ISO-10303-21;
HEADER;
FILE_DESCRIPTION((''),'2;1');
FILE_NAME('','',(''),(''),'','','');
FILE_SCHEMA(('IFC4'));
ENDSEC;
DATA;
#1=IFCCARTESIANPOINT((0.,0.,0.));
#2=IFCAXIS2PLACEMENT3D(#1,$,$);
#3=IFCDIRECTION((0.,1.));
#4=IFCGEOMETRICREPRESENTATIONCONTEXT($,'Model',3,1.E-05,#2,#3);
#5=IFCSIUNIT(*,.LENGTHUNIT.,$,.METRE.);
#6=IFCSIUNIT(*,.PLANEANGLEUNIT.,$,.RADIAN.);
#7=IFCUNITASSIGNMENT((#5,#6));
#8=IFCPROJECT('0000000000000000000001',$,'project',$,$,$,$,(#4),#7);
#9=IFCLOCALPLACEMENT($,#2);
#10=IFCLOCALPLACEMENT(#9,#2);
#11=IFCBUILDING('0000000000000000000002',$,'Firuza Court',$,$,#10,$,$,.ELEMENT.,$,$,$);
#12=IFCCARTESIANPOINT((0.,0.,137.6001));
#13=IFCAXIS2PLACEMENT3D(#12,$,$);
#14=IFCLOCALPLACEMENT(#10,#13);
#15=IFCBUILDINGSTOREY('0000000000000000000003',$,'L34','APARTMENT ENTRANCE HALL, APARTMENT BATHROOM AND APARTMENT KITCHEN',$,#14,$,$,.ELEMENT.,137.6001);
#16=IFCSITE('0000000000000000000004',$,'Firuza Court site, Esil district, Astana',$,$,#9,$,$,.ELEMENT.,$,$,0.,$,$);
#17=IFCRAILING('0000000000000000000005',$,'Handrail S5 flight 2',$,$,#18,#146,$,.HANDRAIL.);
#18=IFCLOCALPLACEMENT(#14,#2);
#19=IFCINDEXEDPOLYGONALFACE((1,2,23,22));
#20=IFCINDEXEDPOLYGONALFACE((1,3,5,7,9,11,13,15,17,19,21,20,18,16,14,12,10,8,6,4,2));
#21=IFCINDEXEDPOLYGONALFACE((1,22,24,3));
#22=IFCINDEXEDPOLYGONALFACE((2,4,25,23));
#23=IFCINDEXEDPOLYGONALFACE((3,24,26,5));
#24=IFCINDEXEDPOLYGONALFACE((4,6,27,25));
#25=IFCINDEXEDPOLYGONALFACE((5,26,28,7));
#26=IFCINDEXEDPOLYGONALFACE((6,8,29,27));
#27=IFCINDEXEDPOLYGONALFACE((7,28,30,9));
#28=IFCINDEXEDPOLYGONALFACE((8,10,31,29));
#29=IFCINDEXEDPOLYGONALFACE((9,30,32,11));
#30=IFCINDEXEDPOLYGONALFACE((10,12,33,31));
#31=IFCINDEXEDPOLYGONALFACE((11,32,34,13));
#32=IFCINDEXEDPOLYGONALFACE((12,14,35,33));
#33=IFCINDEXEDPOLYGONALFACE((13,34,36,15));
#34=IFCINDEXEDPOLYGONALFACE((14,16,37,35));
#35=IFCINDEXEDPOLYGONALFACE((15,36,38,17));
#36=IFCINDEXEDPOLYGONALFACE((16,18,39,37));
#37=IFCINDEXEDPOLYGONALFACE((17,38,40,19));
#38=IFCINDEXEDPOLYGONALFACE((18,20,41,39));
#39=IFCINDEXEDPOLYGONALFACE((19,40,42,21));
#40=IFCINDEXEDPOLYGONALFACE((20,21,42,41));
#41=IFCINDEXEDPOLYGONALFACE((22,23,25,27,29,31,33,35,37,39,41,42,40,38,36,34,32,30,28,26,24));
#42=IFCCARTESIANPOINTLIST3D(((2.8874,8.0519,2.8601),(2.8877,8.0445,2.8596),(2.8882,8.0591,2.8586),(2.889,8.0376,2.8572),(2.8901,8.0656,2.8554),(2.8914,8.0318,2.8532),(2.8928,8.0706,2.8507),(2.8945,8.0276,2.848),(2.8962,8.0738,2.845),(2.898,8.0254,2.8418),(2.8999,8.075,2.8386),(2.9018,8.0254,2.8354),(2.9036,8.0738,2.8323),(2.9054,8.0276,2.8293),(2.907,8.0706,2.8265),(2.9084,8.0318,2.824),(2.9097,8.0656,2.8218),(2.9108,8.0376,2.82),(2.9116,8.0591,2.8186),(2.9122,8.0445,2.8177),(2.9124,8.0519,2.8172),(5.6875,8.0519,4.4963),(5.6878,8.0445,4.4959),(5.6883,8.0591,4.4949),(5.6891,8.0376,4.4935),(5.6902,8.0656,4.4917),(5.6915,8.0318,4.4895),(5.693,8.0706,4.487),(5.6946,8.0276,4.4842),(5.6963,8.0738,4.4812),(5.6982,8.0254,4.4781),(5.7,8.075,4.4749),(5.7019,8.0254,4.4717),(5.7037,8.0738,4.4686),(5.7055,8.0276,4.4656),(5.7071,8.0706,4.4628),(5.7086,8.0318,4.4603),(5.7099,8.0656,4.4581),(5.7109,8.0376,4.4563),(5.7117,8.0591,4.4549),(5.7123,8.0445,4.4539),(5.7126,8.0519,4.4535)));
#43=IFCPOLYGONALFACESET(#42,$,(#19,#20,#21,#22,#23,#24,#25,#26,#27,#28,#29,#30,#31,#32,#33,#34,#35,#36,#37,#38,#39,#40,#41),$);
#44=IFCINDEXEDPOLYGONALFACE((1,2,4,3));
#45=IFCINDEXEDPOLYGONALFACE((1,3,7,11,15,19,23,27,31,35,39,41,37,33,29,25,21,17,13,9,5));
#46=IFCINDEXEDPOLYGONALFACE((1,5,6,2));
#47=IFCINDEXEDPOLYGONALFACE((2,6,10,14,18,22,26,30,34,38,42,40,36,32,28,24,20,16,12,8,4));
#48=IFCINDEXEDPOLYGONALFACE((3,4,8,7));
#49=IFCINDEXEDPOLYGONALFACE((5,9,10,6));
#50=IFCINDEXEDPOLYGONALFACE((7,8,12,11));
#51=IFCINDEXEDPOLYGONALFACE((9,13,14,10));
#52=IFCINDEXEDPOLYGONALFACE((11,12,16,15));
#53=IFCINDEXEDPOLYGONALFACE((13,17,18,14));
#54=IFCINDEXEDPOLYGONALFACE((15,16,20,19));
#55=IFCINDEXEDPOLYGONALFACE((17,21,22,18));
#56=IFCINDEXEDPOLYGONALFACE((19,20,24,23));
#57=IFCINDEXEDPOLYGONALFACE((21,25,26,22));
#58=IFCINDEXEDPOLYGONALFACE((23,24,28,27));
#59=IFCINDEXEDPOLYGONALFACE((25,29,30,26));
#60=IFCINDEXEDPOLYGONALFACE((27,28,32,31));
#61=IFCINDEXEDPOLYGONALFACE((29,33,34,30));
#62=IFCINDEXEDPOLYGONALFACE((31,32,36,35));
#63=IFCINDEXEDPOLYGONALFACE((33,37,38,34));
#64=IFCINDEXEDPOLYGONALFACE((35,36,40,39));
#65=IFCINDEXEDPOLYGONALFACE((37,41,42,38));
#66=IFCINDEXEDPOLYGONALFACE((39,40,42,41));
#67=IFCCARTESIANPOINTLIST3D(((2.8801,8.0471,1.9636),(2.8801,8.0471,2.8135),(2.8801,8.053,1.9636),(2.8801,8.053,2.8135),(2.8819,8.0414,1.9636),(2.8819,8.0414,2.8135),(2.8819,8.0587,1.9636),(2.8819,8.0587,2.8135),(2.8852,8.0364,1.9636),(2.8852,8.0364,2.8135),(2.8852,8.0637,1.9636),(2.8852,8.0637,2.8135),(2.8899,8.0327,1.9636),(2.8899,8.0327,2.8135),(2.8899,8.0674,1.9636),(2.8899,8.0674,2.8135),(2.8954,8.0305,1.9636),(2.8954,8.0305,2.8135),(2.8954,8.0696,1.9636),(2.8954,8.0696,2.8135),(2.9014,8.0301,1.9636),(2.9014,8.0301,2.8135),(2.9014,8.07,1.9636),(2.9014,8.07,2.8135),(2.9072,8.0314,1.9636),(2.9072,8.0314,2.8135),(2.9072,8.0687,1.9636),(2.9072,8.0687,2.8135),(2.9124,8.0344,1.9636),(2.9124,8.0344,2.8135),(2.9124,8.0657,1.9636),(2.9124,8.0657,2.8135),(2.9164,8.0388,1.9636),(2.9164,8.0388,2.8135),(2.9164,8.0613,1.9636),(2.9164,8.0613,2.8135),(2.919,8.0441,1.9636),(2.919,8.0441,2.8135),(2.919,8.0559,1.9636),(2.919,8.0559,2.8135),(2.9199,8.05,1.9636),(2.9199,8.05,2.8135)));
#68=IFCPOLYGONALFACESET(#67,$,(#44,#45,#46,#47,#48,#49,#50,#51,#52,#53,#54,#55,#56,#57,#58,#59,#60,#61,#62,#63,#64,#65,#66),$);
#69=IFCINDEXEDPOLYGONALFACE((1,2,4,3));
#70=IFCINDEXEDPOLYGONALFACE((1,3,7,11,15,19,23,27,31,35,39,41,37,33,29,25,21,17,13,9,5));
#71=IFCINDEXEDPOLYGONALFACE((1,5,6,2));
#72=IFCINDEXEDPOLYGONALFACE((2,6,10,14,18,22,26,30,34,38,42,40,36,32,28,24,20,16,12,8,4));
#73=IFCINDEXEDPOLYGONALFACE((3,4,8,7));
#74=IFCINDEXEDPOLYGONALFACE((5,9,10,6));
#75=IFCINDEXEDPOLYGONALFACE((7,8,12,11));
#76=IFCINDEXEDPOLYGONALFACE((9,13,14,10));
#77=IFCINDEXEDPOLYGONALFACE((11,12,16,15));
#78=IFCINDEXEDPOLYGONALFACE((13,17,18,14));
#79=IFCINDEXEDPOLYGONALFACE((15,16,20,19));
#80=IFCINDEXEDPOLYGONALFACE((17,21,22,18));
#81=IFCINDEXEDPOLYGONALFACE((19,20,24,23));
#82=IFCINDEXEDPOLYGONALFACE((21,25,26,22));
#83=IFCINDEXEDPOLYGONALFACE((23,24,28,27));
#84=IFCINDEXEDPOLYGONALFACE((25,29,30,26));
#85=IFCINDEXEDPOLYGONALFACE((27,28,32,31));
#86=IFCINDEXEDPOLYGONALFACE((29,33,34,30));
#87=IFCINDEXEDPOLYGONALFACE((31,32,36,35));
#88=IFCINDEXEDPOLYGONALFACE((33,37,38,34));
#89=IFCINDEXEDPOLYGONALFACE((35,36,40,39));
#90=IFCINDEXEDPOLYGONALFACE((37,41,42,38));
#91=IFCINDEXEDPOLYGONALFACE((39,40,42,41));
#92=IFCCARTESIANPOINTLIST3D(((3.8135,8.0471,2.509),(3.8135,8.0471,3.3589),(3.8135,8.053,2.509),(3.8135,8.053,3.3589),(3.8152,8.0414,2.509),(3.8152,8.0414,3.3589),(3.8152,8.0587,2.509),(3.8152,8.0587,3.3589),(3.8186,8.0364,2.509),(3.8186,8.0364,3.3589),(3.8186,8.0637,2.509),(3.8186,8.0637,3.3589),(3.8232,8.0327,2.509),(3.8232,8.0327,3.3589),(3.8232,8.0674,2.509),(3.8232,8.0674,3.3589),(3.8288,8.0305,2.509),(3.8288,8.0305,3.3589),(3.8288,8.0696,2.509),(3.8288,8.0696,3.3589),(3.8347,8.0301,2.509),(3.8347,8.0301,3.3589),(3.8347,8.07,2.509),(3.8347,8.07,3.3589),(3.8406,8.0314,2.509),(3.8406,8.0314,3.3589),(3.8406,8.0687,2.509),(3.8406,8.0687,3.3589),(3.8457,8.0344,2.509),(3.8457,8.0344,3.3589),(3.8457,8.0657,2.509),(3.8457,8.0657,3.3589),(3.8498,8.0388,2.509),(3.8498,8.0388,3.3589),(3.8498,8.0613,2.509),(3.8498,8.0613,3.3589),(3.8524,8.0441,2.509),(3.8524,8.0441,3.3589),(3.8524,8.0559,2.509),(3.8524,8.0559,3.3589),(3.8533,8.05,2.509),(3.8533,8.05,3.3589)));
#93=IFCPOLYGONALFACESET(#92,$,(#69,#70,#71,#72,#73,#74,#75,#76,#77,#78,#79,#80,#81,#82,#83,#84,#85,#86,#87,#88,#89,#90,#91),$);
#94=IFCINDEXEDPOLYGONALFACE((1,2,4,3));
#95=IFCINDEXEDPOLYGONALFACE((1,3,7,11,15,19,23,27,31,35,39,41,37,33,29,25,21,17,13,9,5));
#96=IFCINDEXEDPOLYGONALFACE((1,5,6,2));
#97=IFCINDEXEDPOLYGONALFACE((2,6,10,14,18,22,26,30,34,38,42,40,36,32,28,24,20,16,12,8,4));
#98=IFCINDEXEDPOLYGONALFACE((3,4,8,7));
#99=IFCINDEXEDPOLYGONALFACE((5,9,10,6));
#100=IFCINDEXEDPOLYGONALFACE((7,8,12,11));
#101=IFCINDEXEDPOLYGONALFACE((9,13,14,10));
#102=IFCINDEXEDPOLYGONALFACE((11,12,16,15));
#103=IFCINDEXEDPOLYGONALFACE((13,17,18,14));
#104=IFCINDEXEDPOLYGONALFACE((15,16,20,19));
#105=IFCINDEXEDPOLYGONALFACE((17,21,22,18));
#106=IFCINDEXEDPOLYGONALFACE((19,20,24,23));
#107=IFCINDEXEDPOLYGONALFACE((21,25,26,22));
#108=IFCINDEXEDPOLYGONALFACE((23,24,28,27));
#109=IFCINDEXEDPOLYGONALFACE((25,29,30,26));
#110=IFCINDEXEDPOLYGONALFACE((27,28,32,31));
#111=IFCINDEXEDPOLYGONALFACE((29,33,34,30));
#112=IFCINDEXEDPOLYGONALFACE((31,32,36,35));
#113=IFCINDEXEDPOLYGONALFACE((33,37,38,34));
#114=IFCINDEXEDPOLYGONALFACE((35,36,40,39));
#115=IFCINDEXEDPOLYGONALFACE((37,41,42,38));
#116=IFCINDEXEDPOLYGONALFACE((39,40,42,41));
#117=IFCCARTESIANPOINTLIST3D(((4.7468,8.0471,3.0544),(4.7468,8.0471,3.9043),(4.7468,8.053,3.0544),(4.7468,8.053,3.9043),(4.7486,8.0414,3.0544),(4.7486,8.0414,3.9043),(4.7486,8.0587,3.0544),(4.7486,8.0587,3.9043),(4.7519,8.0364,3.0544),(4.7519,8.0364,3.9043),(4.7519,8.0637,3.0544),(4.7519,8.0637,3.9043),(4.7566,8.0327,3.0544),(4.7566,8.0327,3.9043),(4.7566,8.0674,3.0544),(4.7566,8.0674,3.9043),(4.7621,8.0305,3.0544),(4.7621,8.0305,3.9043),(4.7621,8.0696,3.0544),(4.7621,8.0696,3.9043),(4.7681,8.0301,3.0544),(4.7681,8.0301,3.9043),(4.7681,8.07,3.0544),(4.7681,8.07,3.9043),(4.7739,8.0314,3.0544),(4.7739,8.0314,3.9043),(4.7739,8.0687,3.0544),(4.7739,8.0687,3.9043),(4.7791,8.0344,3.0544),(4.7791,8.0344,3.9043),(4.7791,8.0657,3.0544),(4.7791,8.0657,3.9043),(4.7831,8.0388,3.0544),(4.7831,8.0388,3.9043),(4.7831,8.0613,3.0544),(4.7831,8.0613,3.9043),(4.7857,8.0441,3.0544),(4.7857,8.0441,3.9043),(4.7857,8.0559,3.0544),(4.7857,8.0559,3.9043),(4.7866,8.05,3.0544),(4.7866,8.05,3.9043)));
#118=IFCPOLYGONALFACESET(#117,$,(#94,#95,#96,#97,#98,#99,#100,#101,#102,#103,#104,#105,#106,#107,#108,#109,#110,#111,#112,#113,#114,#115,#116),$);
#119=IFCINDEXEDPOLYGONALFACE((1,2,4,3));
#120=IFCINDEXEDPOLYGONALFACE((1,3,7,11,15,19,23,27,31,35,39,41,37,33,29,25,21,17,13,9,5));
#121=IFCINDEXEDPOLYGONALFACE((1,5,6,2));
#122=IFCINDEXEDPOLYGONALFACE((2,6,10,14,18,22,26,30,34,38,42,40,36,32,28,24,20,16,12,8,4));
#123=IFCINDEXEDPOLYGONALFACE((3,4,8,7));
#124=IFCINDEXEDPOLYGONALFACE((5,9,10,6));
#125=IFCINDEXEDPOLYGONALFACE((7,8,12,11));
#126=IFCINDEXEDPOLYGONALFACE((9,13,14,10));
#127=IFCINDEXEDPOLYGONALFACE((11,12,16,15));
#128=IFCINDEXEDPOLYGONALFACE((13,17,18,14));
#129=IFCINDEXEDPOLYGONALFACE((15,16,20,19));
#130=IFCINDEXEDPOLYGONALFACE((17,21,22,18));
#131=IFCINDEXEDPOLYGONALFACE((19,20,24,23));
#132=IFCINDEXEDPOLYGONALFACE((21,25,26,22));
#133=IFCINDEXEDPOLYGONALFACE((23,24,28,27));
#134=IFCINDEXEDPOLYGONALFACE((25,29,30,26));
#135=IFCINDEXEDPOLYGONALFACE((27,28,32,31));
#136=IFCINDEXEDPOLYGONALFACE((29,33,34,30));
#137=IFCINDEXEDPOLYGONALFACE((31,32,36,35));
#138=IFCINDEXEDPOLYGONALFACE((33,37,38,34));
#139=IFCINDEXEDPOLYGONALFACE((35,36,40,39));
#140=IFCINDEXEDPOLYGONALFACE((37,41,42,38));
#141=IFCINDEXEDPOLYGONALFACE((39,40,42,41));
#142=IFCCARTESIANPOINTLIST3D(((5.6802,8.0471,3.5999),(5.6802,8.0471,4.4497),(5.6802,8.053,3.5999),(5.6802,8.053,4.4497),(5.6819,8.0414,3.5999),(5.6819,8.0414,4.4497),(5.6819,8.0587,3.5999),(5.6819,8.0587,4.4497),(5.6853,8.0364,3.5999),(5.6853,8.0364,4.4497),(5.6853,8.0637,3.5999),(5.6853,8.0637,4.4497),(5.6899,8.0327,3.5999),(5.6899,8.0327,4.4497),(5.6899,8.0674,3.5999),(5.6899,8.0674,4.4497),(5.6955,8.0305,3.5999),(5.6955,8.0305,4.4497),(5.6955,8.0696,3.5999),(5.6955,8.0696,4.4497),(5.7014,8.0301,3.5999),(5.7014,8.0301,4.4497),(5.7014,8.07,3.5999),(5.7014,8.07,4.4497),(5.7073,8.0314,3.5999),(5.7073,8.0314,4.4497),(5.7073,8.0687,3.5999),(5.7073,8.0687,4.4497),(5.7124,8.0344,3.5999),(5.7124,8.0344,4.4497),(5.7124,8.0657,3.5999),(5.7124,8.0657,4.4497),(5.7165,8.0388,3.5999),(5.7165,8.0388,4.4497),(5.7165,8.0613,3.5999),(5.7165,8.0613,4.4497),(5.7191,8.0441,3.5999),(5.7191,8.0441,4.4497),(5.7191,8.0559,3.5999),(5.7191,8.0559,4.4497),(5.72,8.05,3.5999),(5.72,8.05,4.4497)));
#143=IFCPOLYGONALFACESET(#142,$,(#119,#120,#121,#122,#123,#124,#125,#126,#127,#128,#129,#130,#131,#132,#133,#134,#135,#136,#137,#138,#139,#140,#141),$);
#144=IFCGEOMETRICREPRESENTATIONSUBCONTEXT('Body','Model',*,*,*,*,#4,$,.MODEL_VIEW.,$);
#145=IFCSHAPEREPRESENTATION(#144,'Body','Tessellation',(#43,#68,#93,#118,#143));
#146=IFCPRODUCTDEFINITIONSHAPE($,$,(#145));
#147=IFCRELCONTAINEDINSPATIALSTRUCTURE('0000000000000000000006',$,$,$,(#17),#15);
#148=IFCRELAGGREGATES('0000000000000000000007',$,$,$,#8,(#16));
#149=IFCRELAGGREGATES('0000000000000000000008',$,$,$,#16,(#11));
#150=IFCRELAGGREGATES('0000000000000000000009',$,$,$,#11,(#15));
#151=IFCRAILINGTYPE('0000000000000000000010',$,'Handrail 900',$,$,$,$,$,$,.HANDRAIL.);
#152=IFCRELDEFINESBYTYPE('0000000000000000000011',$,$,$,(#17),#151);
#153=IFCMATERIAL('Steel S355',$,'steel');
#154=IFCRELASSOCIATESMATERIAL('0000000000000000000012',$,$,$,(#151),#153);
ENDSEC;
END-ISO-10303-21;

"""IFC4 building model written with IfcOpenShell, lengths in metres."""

from ifc_helpers import new_model, si_unit, direction, frame, origin, origin_2d, place, context, subcontext, project, spatial, circle, extrude, material, type_object, element, save


model = new_model("IFC4")

# Units and contexts
model_context = context("Model", 3, precision=1e-05, world=origin(), true_north=direction((0.0, 1.0)))
body_context = subcontext(model_context, "Body", "Model", "MODEL_VIEW")
ifc_project = project(units=[si_unit("LENGTHUNIT", "METRE"), si_unit("PLANEANGLEUNIT", "RADIAN")], contexts=[model_context])

# Site, building, storey
site_placement = place(None, origin())
site = spatial("IfcSite", under=ifc_project, at=site_placement, Name="Firuza Court site, Esil district, Astana", CompositionType="ELEMENT", RefElevation=0.0)
building_placement = place(site_placement, origin())
building = spatial("IfcBuilding", under=site, at=building_placement, Name="Firuza Court", CompositionType="ELEMENT")
storey_placement = place(building_placement, frame((0.0, 0.0, 137.6001)))
storey = spatial("IfcBuildingStorey", under=building, at=storey_placement, Name="L34", Description="APARTMENT ENTRANCE HALL, APARTMENT BATHROOM AND APARTMENT KITCHEN", CompositionType="ELEMENT", Elevation=137.6001)

# Railing
ifc_material_1 = material(Name="Steel S355", Category="steel")
railing_type_1 = type_object("IfcRailingType", Name="Handrail 900", PredefinedType="HANDRAIL", material=ifc_material_1)
railing_1_placement = place(storey_placement, frame((2.8999, 8.05, 1.9636)))
element("IfcRailing", 1, at=railing_1_placement, inside=storey, type_object=railing_type_1, Name="Handrail S5 flight 2", PredefinedType="HANDRAIL", context=body_context, shape_type="SweptSolid", body=[
    extrude(circle(Radius=0.0249, at=origin_2d()), frame((0.0, 0.0, 0.875), z_axis=(0.863394, 0.0, 0.504531), x_axis=(0.0, 1.0, 0.0)), (0.0, 0.0, 1.0), 3.2432),
    extrude(circle(Radius=0.02, at=origin_2d()), origin(), (0.0, 0.0, 1.0), 0.8499),
    extrude(circle(Radius=0.02, at=origin_2d()), frame((0.9333, 0.0, 0.5454)), (0.0, 0.0, 1.0), 0.8499),
    extrude(circle(Radius=0.02, at=origin_2d()), frame((1.8667, 0.0, 1.0908)), (0.0, 0.0, 1.0), 0.8499),
    extrude(circle(Radius=0.02, at=origin_2d()), frame((2.8, 0.0, 1.6362)), (0.0, 0.0, 1.0), 0.8499),
])

save(model, "model.ifc")
